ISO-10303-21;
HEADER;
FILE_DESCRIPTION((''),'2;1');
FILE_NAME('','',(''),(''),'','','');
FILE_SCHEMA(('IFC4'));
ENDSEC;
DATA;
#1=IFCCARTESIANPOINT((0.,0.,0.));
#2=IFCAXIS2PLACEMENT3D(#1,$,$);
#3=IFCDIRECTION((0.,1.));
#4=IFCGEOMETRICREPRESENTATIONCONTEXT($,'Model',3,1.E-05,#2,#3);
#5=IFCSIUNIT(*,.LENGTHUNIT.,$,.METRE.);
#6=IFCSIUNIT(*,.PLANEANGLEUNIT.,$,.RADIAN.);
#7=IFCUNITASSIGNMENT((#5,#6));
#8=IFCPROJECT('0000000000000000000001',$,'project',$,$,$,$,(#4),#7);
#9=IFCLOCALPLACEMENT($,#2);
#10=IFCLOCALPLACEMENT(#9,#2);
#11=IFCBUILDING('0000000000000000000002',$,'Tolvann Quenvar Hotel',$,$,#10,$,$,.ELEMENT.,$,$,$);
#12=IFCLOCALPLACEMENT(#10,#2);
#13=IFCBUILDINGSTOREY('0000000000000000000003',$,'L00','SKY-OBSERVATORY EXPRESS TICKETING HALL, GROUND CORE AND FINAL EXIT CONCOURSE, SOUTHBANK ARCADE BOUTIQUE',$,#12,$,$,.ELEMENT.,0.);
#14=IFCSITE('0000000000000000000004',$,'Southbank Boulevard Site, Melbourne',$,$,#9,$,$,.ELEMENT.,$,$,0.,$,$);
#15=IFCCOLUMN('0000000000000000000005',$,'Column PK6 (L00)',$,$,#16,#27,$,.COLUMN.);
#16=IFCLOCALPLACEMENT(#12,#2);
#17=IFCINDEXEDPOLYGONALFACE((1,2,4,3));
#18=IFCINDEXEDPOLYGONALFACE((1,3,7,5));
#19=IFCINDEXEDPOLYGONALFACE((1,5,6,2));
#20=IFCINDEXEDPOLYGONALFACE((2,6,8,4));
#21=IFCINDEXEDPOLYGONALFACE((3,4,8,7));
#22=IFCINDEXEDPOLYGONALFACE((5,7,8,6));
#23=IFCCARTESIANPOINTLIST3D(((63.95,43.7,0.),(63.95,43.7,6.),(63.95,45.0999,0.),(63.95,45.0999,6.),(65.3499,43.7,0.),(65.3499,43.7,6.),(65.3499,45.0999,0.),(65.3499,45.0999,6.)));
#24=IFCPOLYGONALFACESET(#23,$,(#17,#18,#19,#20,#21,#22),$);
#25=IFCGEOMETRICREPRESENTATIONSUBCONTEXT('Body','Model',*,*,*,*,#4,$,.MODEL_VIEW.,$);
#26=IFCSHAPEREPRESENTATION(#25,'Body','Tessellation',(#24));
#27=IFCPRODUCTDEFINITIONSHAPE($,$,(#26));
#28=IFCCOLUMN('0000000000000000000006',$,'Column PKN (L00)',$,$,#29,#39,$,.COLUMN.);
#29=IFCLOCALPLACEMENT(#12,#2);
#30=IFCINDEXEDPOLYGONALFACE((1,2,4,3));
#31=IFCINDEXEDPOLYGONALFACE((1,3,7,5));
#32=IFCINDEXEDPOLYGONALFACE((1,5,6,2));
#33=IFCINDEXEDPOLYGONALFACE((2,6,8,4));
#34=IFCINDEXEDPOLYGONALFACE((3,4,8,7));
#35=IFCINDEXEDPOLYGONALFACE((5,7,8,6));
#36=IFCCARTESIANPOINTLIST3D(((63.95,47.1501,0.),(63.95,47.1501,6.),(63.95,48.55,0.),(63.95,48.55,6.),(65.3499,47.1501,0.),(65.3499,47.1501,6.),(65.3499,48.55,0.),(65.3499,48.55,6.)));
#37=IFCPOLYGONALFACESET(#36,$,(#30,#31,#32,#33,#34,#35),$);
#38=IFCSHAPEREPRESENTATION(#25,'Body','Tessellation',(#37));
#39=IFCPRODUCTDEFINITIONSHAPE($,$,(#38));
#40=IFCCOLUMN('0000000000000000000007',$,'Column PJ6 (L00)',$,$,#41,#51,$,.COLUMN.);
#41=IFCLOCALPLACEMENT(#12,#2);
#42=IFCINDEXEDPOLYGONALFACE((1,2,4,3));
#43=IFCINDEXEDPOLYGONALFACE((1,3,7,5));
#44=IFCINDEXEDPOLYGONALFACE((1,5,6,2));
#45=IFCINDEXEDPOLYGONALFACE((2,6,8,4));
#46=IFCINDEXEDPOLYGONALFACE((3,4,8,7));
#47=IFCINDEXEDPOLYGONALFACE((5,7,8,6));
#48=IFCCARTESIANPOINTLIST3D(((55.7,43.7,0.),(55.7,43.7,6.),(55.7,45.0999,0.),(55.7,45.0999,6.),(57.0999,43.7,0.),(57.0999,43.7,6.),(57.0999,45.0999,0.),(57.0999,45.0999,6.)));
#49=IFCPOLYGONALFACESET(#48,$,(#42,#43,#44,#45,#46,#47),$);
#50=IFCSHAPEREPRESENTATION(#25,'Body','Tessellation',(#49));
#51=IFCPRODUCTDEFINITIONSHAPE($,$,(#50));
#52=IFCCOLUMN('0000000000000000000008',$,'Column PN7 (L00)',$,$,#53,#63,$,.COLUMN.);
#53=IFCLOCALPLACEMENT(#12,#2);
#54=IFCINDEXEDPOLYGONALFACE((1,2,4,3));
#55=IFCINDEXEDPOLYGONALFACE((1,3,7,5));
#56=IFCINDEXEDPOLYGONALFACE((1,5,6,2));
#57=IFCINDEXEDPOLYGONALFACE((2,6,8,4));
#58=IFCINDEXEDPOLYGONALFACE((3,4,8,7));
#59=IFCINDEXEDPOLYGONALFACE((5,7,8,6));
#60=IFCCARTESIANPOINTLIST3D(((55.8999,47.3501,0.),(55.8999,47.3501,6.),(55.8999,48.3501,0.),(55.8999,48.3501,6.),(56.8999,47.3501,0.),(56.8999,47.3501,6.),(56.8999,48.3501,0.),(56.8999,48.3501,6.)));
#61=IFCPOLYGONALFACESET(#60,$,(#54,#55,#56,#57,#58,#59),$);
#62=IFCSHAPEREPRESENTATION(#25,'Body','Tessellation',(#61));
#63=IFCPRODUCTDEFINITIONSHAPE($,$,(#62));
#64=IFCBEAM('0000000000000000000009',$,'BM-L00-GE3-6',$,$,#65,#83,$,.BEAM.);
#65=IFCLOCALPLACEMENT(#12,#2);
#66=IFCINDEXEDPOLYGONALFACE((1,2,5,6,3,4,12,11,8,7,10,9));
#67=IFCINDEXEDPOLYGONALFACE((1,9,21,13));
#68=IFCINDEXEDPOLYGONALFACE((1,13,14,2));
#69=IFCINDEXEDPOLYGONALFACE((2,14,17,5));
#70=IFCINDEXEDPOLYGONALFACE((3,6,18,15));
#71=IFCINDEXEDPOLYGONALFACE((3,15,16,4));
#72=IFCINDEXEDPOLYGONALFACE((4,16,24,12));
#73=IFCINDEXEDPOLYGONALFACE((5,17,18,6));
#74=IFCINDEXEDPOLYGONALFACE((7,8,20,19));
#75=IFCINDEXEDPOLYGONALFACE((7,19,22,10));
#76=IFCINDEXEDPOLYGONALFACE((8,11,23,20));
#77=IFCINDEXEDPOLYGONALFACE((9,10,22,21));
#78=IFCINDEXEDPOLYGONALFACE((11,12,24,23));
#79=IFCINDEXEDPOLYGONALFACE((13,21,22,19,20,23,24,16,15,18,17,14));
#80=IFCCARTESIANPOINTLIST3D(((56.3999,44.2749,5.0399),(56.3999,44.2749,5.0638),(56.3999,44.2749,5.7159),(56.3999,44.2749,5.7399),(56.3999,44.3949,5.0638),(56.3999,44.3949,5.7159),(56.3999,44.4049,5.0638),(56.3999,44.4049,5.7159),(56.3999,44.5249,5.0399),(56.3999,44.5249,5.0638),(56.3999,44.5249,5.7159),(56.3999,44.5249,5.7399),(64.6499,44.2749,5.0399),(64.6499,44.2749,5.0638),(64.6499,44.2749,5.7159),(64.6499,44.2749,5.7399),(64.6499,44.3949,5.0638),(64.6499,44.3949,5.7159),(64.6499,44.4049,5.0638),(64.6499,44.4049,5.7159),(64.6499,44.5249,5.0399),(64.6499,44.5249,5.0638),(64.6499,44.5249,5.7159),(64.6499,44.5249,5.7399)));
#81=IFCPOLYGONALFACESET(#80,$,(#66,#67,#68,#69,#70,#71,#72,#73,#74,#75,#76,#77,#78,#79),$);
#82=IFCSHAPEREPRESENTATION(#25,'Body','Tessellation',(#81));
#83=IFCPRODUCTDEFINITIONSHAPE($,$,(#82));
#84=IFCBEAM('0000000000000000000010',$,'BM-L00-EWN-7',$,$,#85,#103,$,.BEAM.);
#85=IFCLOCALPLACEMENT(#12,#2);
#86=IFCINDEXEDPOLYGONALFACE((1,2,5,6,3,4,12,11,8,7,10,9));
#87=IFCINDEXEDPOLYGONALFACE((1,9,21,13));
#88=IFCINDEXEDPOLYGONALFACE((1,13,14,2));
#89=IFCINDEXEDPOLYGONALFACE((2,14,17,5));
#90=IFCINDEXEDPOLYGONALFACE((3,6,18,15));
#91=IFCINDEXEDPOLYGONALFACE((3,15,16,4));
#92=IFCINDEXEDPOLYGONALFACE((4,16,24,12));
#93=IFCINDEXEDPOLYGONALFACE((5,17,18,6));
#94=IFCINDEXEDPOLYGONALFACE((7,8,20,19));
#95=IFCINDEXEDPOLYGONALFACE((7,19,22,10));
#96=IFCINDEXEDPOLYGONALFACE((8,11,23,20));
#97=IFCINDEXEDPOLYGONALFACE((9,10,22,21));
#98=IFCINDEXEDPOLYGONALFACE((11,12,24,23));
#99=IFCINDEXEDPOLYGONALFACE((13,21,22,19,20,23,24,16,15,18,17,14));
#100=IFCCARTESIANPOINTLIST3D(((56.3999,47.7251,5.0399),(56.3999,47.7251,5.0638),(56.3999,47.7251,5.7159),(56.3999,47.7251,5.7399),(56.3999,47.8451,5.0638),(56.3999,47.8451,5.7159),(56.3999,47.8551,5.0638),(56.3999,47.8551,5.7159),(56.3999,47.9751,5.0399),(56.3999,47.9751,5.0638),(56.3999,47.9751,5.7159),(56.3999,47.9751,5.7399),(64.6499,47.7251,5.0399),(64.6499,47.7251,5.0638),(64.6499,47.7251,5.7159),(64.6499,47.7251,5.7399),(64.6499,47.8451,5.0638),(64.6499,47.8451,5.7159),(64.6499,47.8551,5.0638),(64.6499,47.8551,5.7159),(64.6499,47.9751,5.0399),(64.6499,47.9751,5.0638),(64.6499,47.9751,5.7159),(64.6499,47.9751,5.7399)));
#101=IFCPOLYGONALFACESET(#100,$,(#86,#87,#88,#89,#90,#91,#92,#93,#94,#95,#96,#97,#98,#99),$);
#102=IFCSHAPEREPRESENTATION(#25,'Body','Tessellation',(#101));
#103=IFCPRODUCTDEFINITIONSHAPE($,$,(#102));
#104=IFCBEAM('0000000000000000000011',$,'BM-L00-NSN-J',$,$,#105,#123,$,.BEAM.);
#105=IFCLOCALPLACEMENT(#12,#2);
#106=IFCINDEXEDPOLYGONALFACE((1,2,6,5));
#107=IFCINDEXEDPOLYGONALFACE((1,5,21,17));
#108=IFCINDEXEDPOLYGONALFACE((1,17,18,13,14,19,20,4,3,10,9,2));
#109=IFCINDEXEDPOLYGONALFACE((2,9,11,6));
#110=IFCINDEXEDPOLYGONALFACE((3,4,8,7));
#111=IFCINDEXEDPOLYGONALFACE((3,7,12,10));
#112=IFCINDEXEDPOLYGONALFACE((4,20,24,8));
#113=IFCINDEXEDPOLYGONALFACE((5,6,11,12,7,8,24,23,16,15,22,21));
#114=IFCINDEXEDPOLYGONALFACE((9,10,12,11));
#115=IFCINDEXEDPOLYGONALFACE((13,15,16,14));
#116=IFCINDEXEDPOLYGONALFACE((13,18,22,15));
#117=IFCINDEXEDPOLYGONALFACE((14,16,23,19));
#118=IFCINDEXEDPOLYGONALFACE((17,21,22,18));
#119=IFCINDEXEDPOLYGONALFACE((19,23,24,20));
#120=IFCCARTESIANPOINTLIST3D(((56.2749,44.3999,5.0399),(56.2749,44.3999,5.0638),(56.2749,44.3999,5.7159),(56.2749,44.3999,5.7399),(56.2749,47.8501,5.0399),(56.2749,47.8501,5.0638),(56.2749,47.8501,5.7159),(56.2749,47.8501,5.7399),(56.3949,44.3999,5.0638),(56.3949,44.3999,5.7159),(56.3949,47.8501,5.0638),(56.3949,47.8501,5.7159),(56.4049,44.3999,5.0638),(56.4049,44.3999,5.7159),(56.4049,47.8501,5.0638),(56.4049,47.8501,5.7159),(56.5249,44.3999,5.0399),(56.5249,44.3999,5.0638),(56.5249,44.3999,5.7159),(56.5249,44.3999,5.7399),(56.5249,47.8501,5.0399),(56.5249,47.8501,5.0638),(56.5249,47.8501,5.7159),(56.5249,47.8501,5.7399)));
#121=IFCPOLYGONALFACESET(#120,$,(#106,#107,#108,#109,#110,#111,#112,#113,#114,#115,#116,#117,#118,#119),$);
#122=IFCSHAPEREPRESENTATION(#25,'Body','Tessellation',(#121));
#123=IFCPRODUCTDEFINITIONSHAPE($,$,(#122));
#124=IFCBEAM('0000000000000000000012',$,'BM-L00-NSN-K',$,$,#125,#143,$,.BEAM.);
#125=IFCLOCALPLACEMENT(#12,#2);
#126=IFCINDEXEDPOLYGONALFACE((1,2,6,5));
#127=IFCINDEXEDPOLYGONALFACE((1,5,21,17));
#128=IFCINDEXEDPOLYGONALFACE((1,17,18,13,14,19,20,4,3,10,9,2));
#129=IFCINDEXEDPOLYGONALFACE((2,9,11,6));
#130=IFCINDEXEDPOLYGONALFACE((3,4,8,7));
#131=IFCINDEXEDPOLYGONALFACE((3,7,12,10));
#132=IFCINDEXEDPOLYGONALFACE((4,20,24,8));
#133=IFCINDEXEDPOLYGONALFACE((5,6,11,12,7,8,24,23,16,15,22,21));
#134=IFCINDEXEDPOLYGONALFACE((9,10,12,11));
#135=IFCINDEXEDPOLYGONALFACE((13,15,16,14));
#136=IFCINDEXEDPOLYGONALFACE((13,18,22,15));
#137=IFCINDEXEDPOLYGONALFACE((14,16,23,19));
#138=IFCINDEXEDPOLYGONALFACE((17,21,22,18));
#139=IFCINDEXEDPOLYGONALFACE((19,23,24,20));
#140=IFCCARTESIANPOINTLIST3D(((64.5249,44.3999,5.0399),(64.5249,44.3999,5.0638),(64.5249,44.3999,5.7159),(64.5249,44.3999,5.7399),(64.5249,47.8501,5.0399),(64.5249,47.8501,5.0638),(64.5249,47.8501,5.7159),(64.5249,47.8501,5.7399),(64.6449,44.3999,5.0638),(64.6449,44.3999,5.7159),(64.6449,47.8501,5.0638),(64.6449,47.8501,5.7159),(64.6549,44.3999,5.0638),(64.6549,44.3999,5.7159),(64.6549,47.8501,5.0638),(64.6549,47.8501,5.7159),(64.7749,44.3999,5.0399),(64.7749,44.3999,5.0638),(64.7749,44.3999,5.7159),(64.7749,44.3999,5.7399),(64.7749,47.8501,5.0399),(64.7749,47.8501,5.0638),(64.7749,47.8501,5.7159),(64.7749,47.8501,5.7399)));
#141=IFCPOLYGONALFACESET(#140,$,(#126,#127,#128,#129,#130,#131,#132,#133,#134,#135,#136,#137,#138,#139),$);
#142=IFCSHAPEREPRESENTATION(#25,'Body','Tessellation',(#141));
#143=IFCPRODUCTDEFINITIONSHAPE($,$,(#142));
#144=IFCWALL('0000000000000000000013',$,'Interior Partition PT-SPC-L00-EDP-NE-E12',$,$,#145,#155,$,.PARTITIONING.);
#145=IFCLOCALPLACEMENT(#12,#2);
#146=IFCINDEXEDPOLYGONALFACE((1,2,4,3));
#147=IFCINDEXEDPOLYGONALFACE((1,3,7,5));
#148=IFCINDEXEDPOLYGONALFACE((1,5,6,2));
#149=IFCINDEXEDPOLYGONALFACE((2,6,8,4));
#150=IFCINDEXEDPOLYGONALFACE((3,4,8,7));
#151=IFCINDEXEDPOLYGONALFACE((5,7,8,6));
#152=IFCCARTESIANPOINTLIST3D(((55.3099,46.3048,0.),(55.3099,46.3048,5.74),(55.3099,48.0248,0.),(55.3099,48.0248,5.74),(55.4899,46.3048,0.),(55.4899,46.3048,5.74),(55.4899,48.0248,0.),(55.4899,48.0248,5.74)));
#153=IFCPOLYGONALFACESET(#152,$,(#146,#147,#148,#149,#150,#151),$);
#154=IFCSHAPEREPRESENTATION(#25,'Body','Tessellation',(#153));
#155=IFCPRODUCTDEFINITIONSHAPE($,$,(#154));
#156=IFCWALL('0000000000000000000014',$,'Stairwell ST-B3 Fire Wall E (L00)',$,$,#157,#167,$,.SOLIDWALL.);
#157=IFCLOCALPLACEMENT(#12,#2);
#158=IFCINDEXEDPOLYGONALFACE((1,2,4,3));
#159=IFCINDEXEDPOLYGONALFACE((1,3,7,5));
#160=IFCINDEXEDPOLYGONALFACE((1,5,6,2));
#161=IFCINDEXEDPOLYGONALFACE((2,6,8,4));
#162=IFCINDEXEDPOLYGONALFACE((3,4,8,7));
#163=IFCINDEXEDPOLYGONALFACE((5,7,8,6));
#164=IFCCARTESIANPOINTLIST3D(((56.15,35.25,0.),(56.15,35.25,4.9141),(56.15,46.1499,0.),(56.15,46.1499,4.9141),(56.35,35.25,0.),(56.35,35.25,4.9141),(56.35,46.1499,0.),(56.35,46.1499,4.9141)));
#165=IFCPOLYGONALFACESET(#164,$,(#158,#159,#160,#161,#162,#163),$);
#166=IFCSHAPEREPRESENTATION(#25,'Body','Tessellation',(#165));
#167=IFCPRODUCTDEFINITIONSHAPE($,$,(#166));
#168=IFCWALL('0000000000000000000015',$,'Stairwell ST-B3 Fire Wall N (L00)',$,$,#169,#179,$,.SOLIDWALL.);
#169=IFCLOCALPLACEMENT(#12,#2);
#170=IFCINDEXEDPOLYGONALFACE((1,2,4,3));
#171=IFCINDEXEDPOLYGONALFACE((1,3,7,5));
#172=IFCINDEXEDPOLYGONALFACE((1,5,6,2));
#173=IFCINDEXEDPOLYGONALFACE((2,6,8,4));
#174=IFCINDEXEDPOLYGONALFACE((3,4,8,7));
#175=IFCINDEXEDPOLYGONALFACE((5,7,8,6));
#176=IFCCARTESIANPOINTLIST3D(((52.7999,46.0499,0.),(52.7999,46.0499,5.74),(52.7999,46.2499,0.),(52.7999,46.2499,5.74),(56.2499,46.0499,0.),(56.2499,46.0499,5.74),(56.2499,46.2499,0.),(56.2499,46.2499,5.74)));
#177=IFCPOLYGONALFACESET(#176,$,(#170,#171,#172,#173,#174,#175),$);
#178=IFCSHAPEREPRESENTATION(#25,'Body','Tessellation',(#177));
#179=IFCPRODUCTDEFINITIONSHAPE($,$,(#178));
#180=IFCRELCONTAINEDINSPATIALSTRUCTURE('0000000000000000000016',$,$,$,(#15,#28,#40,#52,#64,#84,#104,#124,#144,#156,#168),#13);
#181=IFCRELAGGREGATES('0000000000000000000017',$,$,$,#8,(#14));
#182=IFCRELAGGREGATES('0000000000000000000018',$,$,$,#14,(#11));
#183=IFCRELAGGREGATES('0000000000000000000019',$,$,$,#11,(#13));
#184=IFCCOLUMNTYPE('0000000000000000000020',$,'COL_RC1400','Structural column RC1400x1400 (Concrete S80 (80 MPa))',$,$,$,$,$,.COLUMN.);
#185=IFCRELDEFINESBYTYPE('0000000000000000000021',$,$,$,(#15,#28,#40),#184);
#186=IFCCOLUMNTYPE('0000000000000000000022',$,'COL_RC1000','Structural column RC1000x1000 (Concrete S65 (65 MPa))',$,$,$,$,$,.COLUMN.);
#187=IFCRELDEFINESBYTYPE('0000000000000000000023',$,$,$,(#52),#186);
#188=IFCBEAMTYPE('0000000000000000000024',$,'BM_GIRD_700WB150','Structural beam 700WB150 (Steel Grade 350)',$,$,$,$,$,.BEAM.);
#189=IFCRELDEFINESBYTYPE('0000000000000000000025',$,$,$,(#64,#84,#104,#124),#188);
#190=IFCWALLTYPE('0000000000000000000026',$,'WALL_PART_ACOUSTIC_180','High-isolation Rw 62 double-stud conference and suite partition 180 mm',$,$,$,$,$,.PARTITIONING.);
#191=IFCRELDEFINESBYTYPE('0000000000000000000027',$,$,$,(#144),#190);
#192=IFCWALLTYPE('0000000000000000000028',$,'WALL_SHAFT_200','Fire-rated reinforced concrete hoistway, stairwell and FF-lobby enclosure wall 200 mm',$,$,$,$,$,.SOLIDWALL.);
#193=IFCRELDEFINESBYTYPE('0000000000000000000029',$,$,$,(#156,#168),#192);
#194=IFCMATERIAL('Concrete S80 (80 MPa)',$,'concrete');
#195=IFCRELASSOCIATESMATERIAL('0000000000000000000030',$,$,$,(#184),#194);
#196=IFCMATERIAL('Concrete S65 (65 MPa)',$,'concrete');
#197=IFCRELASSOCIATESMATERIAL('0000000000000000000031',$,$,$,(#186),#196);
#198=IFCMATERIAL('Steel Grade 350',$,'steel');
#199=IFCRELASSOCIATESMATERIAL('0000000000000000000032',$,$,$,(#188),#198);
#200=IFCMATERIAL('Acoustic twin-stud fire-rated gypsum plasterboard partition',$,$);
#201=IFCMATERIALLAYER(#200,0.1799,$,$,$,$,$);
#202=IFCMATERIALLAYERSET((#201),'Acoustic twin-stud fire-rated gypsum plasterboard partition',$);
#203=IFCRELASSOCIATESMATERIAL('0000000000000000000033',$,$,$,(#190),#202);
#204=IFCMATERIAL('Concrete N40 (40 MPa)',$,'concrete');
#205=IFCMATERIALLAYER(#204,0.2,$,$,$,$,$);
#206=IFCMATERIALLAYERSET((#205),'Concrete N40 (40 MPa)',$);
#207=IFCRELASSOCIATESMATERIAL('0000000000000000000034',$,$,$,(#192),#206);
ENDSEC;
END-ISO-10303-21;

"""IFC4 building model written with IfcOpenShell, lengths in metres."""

from ifc_helpers import new_model, si_unit, direction, frame, frame_2d, origin, origin_2d, place, context, subcontext, project, spatial, rectangle, i_section, extrude, source, transform, mapped, material, layer, layer_set, material_profile, profile_set, type_object, type_shapes, element, save


model = new_model("IFC4")

# Units and contexts
model_context = context("Model", 3, precision=1e-05, world=origin(), true_north=direction((0.0, 1.0)))
body_context = subcontext(model_context, "Body", "Model", "MODEL_VIEW")
ifc_project = project(units=[si_unit("LENGTHUNIT", "METRE"), si_unit("PLANEANGLEUNIT", "RADIAN")], contexts=[model_context])

# Site, building, storey
site_placement = place(None, origin())
site = spatial("IfcSite", under=ifc_project, at=site_placement, Name="Southbank Boulevard Site, Melbourne", CompositionType="ELEMENT", RefElevation=0.0)
building_placement = place(site_placement, origin())
building = spatial("IfcBuilding", under=site, at=building_placement, Name="Tolvann Quenvar Hotel", CompositionType="ELEMENT")
storey_placement = place(building_placement, origin())
storey = spatial("IfcBuildingStorey", under=building, at=storey_placement, Name="L00", Description="SKY-OBSERVATORY EXPRESS TICKETING HALL, GROUND CORE AND FINAL EXIT CONCOURSE, SOUTHBANK ARCADE BOUTIQUE", CompositionType="ELEMENT", Elevation=0.0)

# Columns
ifc_material_1 = material(Name="Concrete S80 (80 MPa)", Category="concrete")
ifc_material_profile_1 = material_profile(ifc_material_1, rectangle(XDim=1.3999, YDim=1.3999, at=origin_2d()), Name="RC1400x1400")
ifc_profile_set_1 = profile_set([ifc_material_profile_1], Name="Concrete S80 (80 MPa)")
column_type_1 = type_object("IfcColumnType", Name="COL_RC1400", Description="Structural column RC1400x1400 (Concrete S80 (80 MPa))", PredefinedType="COLUMN", material=ifc_profile_set_1)
shared_shape_1 = source(origin(), body_context, "Body", "SweptSolid", [
    extrude(rectangle(XDim=1.3999, YDim=1.3999, at=origin_2d()), origin(), (0.0, 0.0, 1.0), 6.0),
])
type_shapes(column_type_1, [shared_shape_1])
for number, where, z_axis, x_axis, name in (
    (1, (64.6499, 44.3999, 0.0), (0.0, 0.0, 1.0), (1.0, 0.0, 0.0), "Column PK6 (L00)"),
    (2, (64.6499, 47.8501, 0.0), (0.0, 0.0, 1.0), (1.0, 0.0, 0.0), "Column PKN (L00)"),
    (3, (56.3999, 44.3999, 0.0), (0.0, 0.0, 1.0), (1.0, 0.0, 0.0), "Column PJ6 (L00)"),
):
    element("IfcColumn", number, at=place(storey_placement, frame(where, z_axis=z_axis, x_axis=x_axis)), inside=storey, type_object=column_type_1, Name=name, PredefinedType="COLUMN", context=body_context, shape_type="MappedRepresentation", body=[
        mapped(shared_shape_1, transform((0.0, 0.0, 0.0), x_axis=(1.0, 0.0, 0.0), y_axis=(0.0, 1.0, 0.0), z_axis=(0.0, 0.0, 1.0), scale=1.0)),
    ])
ifc_material_2 = material(Name="Concrete S65 (65 MPa)", Category="concrete")
ifc_material_profile_2 = material_profile(ifc_material_2, rectangle(XDim=1.0, YDim=1.0, at=origin_2d()), Name="RC1000x1000")
ifc_profile_set_2 = profile_set([ifc_material_profile_2], Name="Concrete S65 (65 MPa)")
column_type_2 = type_object("IfcColumnType", Name="COL_RC1000", Description="Structural column RC1000x1000 (Concrete S65 (65 MPa))", PredefinedType="COLUMN", material=ifc_profile_set_2)
shared_shape_2 = source(origin(), body_context, "Body", "SweptSolid", [
    extrude(rectangle(XDim=1.0, YDim=1.0, at=origin_2d()), origin(), (0.0, 0.0, 1.0), 6.0),
])
type_shapes(column_type_2, [shared_shape_2])
column_placement = place(storey_placement, frame((56.3999, 47.8501, 0.0), z_axis=(0.0, 0.0, 1.0), x_axis=(1.0, 0.0, 0.0)))
element("IfcColumn", 4, at=column_placement, inside=storey, type_object=column_type_2, Name="Column PN7 (L00)", PredefinedType="COLUMN", context=body_context, shape_type="MappedRepresentation", body=[
    mapped(shared_shape_2, transform((0.0, 0.0, 0.0), x_axis=(1.0, 0.0, 0.0), y_axis=(0.0, 1.0, 0.0), z_axis=(0.0, 0.0, 1.0), scale=1.0)),
])

# Beams
ifc_material_3 = material(Name="Steel Grade 350", Category="steel")
ifc_material_profile_3 = material_profile(ifc_material_3, i_section(OverallWidth=0.25, OverallDepth=0.7, WebThickness=0.01, FlangeThickness=0.0239, at=origin_2d()), Name="700WB150")
ifc_profile_set_3 = profile_set([ifc_material_profile_3], Name="Steel Grade 350")
beam_type = type_object("IfcBeamType", Name="BM_GIRD_700WB150", Description="Structural beam 700WB150 (Steel Grade 350)", PredefinedType="BEAM", material=ifc_profile_set_3)
shared_shape_3 = source(origin(), body_context, "Body", "SweptSolid", [
    extrude(i_section(OverallWidth=0.25, OverallDepth=0.7, WebThickness=0.01, FlangeThickness=0.0239, at=origin_2d()), origin(), (0.0, 0.0, 1.0), 8.25),
])
for number, where, z_axis, x_axis, name in (
    (5, (56.3999, 44.3999, 5.3899), (1.0, 0.0, 0.0), (0.0, 1.0, 0.0), "BM-L00-GE3-6"),
    (6, (56.3999, 47.8501, 5.3899), (1.0, 0.0, 0.0), (0.0, 1.0, 0.0), "BM-L00-EWN-7"),
):
    element("IfcBeam", number, at=place(storey_placement, frame(where, z_axis=z_axis, x_axis=x_axis)), inside=storey, type_object=beam_type, Name=name, PredefinedType="BEAM", context=body_context, shape_type="MappedRepresentation", body=[
        mapped(shared_shape_3, transform((0.0, 0.0, 0.0), x_axis=(1.0, 0.0, 0.0), y_axis=(0.0, 1.0, 0.0), z_axis=(0.0, 0.0, 1.0), scale=1.0)),
    ])
shared_shape_4 = source(origin(), body_context, "Body", "SweptSolid", [
    extrude(i_section(OverallWidth=0.25, OverallDepth=0.7, WebThickness=0.01, FlangeThickness=0.0239, at=origin_2d()), origin(), (0.0, 0.0, 1.0), 3.4502),
])
type_shapes(beam_type, [shared_shape_3, shared_shape_4])
for number, where, z_axis, x_axis, name in (
    (7, (56.3999, 44.3999, 5.3899), (0.0, 1.0, 0.0), (-1.0, 0.0, 0.0), "BM-L00-NSN-J"),
    (8, (64.6499, 44.3999, 5.3899), (0.0, 1.0, 0.0), (-1.0, 0.0, 0.0), "BM-L00-NSN-K"),
):
    element("IfcBeam", number, at=place(storey_placement, frame(where, z_axis=z_axis, x_axis=x_axis)), inside=storey, type_object=beam_type, Name=name, PredefinedType="BEAM", context=body_context, shape_type="MappedRepresentation", body=[
        mapped(shared_shape_4, transform((0.0, 0.0, 0.0), x_axis=(1.0, 0.0, 0.0), y_axis=(0.0, 1.0, 0.0), z_axis=(0.0, 0.0, 1.0), scale=1.0)),
    ])

# Walls
ifc_material_4 = material(Name="Acoustic twin-stud fire-rated gypsum plasterboard partition")
ifc_layer_1 = layer(ifc_material_4, 0.1799)
ifc_layer_set_1 = layer_set([ifc_layer_1], Name="Acoustic twin-stud fire-rated gypsum plasterboard partition")
wall_type_1 = type_object("IfcWallType", Name="WALL_PART_ACOUSTIC_180", Description="High-isolation Rw 62 double-stud conference and suite partition 180 mm", PredefinedType="PARTITIONING", material=ifc_layer_set_1)
wall_1_placement = place(storey_placement, frame((55.3999, 46.3049, 0.0), z_axis=(0.0, 0.0, 1.0), x_axis=(0.0, 1.0, 0.0)))
element("IfcWall", 9, at=wall_1_placement, inside=storey, type_object=wall_type_1, Name="Interior Partition PT-SPC-L00-EDP-NE-E12", PredefinedType="PARTITIONING", context=body_context, shape_type="SweptSolid", body=[
    extrude(rectangle(XDim=1.72, YDim=0.1799, at=frame_2d((0.8599, 0.0))), origin(), (0.0, 0.0, 1.0), 5.74),
])
ifc_material_5 = material(Name="Concrete N40 (40 MPa)", Category="concrete")
ifc_layer_2 = layer(ifc_material_5, 0.2)
ifc_layer_set_2 = layer_set([ifc_layer_2], Name="Concrete N40 (40 MPa)")
wall_type_2 = type_object("IfcWallType", Name="WALL_SHAFT_200", Description="Fire-rated reinforced concrete hoistway, stairwell and FF-lobby enclosure wall 200 mm", PredefinedType="SOLIDWALL", material=ifc_layer_set_2)
wall_2_placement = place(storey_placement, frame((56.25, 35.25, 0.0), z_axis=(0.0, 0.0, 1.0), x_axis=(0.0, 1.0, 0.0)))
element("IfcWall", 10, at=wall_2_placement, inside=storey, type_object=wall_type_2, Name="Stairwell ST-B3 Fire Wall E (L00)", PredefinedType="SOLIDWALL", context=body_context, shape_type="SweptSolid", body=[
    extrude(rectangle(XDim=10.8999, YDim=0.2, at=frame_2d((5.45, 0.0))), origin(), (0.0, 0.0, 1.0), 4.9141),
])
wall_3_placement = place(storey_placement, frame((56.25, 46.1499, 0.0), z_axis=(0.0, 0.0, 1.0), x_axis=(-1.0, 0.0, 0.0)))
element("IfcWall", 11, at=wall_3_placement, inside=storey, type_object=wall_type_2, Name="Stairwell ST-B3 Fire Wall N (L00)", PredefinedType="SOLIDWALL", context=body_context, shape_type="SweptSolid", body=[
    extrude(rectangle(XDim=3.45, YDim=0.2, at=frame_2d((1.7251, 0.0))), origin(), (0.0, 0.0, 1.0), 5.74),
])

save(model, "model.ifc")
